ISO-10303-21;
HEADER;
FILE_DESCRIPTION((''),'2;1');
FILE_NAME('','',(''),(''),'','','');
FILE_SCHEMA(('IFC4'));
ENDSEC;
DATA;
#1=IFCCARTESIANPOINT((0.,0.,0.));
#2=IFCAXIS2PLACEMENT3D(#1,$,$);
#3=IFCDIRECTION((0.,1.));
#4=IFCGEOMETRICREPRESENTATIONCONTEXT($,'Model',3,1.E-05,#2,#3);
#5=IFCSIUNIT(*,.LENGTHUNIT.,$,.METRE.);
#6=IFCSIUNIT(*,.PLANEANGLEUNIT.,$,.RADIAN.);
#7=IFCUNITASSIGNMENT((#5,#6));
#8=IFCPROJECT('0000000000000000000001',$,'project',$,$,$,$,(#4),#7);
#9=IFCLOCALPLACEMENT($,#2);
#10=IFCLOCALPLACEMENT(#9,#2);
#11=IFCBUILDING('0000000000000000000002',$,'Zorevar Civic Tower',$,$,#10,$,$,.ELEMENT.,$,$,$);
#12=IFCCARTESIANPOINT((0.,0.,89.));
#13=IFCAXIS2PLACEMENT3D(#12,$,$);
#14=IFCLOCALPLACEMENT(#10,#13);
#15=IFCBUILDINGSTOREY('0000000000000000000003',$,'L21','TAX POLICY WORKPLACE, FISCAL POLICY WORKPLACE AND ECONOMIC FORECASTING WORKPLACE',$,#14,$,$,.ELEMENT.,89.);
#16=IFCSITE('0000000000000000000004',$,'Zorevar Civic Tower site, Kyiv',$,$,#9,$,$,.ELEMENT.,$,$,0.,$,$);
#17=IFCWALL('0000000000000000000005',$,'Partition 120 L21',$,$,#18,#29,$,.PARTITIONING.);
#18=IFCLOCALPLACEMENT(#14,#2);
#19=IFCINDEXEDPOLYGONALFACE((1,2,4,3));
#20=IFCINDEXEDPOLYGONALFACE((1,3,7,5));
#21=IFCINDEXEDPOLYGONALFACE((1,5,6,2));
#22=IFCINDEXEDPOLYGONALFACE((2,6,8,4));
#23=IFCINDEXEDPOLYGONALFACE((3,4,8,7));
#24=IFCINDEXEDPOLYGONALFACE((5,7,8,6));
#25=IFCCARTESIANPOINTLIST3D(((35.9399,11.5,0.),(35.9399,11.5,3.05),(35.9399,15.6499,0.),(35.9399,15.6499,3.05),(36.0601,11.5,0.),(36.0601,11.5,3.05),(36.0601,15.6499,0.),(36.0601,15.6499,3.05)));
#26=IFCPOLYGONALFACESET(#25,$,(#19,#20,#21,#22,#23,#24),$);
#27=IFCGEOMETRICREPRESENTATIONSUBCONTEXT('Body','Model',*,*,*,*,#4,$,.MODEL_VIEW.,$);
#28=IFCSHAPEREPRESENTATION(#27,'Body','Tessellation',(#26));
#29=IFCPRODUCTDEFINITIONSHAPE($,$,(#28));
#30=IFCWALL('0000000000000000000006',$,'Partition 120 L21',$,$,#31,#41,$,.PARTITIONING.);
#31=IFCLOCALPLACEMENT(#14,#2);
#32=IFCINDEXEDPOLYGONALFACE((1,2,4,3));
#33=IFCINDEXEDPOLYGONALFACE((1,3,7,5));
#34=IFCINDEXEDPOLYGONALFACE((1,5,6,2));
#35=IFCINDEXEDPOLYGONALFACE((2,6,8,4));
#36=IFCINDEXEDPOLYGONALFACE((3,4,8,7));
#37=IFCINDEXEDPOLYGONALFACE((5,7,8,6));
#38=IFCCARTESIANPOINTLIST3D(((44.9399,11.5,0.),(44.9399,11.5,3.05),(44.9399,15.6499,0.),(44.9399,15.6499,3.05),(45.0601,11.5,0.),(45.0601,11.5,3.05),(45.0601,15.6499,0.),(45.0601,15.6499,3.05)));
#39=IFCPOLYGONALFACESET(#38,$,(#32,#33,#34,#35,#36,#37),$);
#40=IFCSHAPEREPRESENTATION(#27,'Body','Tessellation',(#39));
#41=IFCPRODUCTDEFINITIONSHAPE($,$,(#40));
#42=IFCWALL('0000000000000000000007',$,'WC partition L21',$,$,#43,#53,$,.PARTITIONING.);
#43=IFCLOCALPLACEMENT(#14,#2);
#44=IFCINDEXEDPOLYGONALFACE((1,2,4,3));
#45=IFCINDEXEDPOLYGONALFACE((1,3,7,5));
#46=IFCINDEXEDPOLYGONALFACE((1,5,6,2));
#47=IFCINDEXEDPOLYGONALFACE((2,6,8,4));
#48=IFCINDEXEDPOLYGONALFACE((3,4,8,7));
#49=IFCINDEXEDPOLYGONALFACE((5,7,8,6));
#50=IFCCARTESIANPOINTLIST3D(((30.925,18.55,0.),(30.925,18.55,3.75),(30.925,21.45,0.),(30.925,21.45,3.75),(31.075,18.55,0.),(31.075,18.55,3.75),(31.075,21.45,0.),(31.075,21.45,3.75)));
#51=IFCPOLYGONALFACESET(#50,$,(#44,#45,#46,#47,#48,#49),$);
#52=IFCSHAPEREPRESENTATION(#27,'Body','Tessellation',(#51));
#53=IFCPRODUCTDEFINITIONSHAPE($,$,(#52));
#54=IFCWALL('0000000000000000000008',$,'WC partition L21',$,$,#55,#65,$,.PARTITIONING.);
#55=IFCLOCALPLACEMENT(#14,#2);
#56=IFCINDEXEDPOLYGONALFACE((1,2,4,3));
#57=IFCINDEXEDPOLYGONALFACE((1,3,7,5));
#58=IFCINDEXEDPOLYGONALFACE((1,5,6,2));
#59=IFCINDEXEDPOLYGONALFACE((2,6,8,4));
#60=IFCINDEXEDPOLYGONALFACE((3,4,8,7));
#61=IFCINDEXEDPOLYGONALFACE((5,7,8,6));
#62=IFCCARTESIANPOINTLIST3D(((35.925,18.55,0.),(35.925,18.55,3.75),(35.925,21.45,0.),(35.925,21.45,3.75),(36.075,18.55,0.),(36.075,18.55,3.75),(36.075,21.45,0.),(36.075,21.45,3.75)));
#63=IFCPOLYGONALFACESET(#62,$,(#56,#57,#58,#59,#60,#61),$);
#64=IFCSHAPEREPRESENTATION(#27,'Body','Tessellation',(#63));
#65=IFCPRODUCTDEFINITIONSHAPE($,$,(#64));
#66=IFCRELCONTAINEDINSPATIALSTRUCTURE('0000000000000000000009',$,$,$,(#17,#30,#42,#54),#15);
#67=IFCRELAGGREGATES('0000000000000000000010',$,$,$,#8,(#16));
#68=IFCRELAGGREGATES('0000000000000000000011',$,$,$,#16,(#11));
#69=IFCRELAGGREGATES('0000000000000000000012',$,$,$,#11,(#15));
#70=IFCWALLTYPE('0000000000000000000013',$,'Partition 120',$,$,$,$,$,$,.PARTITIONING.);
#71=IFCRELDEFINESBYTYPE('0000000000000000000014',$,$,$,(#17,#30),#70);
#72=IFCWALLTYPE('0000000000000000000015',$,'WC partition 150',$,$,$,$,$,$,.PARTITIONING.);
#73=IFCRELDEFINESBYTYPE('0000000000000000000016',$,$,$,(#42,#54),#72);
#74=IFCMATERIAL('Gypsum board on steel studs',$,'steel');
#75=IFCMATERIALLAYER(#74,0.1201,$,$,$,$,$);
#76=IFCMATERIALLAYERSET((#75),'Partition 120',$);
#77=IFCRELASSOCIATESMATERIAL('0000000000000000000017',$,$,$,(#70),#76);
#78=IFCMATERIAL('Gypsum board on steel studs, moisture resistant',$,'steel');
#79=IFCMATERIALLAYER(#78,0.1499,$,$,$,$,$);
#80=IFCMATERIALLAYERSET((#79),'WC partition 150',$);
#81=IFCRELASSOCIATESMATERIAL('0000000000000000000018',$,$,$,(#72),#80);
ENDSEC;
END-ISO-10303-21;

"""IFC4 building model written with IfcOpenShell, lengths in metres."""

from ifc_helpers import new_model, si_unit, direction, frame, frame_2d, origin, place, context, subcontext, project, spatial, rectangle, extrude, material, layer, layer_set, type_object, element, save


model = new_model("IFC4")

# Units and contexts
model_context = context("Model", 3, precision=1e-05, world=origin(), true_north=direction((0.0, 1.0)))
body_context = subcontext(model_context, "Body", "Model", "MODEL_VIEW")
ifc_project = project(units=[si_unit("LENGTHUNIT", "METRE"), si_unit("PLANEANGLEUNIT", "RADIAN")], contexts=[model_context])

# Site, building, storey
site_placement = place(None, origin())
site = spatial("IfcSite", under=ifc_project, at=site_placement, Name="Zorevar Civic Tower site, Kyiv", CompositionType="ELEMENT", RefElevation=0.0)
building_placement = place(site_placement, origin())
building = spatial("IfcBuilding", under=site, at=building_placement, Name="Zorevar Civic Tower", CompositionType="ELEMENT")
storey_placement = place(building_placement, frame((0.0, 0.0, 89.0)))
storey = spatial("IfcBuildingStorey", under=building, at=storey_placement, Name="L21", Description="TAX POLICY WORKPLACE, FISCAL POLICY WORKPLACE AND ECONOMIC FORECASTING WORKPLACE", CompositionType="ELEMENT", Elevation=89.0)

# Walls
ifc_material_1 = material(Name="Gypsum board on steel studs", Category="steel")
ifc_layer_1 = layer(ifc_material_1, 0.1201)
ifc_layer_set_1 = layer_set([ifc_layer_1], Name="Partition 120")
wall_type_1 = type_object("IfcWallType", Name="Partition 120", PredefinedType="PARTITIONING", material=ifc_layer_set_1)
for number, where, z_axis, x_axis, name in (
    (1, (36.0, 11.5, 0.0), (0.0, 0.0, 1.0), (0.0, 1.0, 0.0), "Partition 120 L21"),
    (2, (45.0, 11.5, 0.0), (0.0, 0.0, 1.0), (0.0, 1.0, 0.0), "Partition 120 L21"),
):
    element("IfcWall", number, at=place(storey_placement, frame(where, z_axis=z_axis, x_axis=x_axis)), inside=storey, type_object=wall_type_1, Name=name, PredefinedType="PARTITIONING", context=body_context, shape_type="SweptSolid", body=[
        extrude(rectangle(XDim=4.1499, YDim=0.1201, at=frame_2d((2.075, 0.0))), origin(), (0.0, 0.0, 1.0), 3.05),
    ])
ifc_material_2 = material(Name="Gypsum board on steel studs, moisture resistant", Category="steel")
ifc_layer_2 = layer(ifc_material_2, 0.1499)
ifc_layer_set_2 = layer_set([ifc_layer_2], Name="WC partition 150")
wall_type_2 = type_object("IfcWallType", Name="WC partition 150", PredefinedType="PARTITIONING", material=ifc_layer_set_2)
for number, where, z_axis, x_axis, name in (
    (3, (31.0, 18.55, 0.0), (0.0, 0.0, 1.0), (0.0, 1.0, 0.0), "WC partition L21"),
    (4, (36.0, 18.55, 0.0), (0.0, 0.0, 1.0), (0.0, 1.0, 0.0), "WC partition L21"),
):
    element("IfcWall", number, at=place(storey_placement, frame(where, z_axis=z_axis, x_axis=x_axis)), inside=storey, type_object=wall_type_2, Name=name, PredefinedType="PARTITIONING", context=body_context, shape_type="SweptSolid", body=[
        extrude(rectangle(XDim=2.8999, YDim=0.1499, at=frame_2d((1.45, 0.0))), origin(), (0.0, 0.0, 1.0), 3.75),
    ])

save(model, "model.ifc")
